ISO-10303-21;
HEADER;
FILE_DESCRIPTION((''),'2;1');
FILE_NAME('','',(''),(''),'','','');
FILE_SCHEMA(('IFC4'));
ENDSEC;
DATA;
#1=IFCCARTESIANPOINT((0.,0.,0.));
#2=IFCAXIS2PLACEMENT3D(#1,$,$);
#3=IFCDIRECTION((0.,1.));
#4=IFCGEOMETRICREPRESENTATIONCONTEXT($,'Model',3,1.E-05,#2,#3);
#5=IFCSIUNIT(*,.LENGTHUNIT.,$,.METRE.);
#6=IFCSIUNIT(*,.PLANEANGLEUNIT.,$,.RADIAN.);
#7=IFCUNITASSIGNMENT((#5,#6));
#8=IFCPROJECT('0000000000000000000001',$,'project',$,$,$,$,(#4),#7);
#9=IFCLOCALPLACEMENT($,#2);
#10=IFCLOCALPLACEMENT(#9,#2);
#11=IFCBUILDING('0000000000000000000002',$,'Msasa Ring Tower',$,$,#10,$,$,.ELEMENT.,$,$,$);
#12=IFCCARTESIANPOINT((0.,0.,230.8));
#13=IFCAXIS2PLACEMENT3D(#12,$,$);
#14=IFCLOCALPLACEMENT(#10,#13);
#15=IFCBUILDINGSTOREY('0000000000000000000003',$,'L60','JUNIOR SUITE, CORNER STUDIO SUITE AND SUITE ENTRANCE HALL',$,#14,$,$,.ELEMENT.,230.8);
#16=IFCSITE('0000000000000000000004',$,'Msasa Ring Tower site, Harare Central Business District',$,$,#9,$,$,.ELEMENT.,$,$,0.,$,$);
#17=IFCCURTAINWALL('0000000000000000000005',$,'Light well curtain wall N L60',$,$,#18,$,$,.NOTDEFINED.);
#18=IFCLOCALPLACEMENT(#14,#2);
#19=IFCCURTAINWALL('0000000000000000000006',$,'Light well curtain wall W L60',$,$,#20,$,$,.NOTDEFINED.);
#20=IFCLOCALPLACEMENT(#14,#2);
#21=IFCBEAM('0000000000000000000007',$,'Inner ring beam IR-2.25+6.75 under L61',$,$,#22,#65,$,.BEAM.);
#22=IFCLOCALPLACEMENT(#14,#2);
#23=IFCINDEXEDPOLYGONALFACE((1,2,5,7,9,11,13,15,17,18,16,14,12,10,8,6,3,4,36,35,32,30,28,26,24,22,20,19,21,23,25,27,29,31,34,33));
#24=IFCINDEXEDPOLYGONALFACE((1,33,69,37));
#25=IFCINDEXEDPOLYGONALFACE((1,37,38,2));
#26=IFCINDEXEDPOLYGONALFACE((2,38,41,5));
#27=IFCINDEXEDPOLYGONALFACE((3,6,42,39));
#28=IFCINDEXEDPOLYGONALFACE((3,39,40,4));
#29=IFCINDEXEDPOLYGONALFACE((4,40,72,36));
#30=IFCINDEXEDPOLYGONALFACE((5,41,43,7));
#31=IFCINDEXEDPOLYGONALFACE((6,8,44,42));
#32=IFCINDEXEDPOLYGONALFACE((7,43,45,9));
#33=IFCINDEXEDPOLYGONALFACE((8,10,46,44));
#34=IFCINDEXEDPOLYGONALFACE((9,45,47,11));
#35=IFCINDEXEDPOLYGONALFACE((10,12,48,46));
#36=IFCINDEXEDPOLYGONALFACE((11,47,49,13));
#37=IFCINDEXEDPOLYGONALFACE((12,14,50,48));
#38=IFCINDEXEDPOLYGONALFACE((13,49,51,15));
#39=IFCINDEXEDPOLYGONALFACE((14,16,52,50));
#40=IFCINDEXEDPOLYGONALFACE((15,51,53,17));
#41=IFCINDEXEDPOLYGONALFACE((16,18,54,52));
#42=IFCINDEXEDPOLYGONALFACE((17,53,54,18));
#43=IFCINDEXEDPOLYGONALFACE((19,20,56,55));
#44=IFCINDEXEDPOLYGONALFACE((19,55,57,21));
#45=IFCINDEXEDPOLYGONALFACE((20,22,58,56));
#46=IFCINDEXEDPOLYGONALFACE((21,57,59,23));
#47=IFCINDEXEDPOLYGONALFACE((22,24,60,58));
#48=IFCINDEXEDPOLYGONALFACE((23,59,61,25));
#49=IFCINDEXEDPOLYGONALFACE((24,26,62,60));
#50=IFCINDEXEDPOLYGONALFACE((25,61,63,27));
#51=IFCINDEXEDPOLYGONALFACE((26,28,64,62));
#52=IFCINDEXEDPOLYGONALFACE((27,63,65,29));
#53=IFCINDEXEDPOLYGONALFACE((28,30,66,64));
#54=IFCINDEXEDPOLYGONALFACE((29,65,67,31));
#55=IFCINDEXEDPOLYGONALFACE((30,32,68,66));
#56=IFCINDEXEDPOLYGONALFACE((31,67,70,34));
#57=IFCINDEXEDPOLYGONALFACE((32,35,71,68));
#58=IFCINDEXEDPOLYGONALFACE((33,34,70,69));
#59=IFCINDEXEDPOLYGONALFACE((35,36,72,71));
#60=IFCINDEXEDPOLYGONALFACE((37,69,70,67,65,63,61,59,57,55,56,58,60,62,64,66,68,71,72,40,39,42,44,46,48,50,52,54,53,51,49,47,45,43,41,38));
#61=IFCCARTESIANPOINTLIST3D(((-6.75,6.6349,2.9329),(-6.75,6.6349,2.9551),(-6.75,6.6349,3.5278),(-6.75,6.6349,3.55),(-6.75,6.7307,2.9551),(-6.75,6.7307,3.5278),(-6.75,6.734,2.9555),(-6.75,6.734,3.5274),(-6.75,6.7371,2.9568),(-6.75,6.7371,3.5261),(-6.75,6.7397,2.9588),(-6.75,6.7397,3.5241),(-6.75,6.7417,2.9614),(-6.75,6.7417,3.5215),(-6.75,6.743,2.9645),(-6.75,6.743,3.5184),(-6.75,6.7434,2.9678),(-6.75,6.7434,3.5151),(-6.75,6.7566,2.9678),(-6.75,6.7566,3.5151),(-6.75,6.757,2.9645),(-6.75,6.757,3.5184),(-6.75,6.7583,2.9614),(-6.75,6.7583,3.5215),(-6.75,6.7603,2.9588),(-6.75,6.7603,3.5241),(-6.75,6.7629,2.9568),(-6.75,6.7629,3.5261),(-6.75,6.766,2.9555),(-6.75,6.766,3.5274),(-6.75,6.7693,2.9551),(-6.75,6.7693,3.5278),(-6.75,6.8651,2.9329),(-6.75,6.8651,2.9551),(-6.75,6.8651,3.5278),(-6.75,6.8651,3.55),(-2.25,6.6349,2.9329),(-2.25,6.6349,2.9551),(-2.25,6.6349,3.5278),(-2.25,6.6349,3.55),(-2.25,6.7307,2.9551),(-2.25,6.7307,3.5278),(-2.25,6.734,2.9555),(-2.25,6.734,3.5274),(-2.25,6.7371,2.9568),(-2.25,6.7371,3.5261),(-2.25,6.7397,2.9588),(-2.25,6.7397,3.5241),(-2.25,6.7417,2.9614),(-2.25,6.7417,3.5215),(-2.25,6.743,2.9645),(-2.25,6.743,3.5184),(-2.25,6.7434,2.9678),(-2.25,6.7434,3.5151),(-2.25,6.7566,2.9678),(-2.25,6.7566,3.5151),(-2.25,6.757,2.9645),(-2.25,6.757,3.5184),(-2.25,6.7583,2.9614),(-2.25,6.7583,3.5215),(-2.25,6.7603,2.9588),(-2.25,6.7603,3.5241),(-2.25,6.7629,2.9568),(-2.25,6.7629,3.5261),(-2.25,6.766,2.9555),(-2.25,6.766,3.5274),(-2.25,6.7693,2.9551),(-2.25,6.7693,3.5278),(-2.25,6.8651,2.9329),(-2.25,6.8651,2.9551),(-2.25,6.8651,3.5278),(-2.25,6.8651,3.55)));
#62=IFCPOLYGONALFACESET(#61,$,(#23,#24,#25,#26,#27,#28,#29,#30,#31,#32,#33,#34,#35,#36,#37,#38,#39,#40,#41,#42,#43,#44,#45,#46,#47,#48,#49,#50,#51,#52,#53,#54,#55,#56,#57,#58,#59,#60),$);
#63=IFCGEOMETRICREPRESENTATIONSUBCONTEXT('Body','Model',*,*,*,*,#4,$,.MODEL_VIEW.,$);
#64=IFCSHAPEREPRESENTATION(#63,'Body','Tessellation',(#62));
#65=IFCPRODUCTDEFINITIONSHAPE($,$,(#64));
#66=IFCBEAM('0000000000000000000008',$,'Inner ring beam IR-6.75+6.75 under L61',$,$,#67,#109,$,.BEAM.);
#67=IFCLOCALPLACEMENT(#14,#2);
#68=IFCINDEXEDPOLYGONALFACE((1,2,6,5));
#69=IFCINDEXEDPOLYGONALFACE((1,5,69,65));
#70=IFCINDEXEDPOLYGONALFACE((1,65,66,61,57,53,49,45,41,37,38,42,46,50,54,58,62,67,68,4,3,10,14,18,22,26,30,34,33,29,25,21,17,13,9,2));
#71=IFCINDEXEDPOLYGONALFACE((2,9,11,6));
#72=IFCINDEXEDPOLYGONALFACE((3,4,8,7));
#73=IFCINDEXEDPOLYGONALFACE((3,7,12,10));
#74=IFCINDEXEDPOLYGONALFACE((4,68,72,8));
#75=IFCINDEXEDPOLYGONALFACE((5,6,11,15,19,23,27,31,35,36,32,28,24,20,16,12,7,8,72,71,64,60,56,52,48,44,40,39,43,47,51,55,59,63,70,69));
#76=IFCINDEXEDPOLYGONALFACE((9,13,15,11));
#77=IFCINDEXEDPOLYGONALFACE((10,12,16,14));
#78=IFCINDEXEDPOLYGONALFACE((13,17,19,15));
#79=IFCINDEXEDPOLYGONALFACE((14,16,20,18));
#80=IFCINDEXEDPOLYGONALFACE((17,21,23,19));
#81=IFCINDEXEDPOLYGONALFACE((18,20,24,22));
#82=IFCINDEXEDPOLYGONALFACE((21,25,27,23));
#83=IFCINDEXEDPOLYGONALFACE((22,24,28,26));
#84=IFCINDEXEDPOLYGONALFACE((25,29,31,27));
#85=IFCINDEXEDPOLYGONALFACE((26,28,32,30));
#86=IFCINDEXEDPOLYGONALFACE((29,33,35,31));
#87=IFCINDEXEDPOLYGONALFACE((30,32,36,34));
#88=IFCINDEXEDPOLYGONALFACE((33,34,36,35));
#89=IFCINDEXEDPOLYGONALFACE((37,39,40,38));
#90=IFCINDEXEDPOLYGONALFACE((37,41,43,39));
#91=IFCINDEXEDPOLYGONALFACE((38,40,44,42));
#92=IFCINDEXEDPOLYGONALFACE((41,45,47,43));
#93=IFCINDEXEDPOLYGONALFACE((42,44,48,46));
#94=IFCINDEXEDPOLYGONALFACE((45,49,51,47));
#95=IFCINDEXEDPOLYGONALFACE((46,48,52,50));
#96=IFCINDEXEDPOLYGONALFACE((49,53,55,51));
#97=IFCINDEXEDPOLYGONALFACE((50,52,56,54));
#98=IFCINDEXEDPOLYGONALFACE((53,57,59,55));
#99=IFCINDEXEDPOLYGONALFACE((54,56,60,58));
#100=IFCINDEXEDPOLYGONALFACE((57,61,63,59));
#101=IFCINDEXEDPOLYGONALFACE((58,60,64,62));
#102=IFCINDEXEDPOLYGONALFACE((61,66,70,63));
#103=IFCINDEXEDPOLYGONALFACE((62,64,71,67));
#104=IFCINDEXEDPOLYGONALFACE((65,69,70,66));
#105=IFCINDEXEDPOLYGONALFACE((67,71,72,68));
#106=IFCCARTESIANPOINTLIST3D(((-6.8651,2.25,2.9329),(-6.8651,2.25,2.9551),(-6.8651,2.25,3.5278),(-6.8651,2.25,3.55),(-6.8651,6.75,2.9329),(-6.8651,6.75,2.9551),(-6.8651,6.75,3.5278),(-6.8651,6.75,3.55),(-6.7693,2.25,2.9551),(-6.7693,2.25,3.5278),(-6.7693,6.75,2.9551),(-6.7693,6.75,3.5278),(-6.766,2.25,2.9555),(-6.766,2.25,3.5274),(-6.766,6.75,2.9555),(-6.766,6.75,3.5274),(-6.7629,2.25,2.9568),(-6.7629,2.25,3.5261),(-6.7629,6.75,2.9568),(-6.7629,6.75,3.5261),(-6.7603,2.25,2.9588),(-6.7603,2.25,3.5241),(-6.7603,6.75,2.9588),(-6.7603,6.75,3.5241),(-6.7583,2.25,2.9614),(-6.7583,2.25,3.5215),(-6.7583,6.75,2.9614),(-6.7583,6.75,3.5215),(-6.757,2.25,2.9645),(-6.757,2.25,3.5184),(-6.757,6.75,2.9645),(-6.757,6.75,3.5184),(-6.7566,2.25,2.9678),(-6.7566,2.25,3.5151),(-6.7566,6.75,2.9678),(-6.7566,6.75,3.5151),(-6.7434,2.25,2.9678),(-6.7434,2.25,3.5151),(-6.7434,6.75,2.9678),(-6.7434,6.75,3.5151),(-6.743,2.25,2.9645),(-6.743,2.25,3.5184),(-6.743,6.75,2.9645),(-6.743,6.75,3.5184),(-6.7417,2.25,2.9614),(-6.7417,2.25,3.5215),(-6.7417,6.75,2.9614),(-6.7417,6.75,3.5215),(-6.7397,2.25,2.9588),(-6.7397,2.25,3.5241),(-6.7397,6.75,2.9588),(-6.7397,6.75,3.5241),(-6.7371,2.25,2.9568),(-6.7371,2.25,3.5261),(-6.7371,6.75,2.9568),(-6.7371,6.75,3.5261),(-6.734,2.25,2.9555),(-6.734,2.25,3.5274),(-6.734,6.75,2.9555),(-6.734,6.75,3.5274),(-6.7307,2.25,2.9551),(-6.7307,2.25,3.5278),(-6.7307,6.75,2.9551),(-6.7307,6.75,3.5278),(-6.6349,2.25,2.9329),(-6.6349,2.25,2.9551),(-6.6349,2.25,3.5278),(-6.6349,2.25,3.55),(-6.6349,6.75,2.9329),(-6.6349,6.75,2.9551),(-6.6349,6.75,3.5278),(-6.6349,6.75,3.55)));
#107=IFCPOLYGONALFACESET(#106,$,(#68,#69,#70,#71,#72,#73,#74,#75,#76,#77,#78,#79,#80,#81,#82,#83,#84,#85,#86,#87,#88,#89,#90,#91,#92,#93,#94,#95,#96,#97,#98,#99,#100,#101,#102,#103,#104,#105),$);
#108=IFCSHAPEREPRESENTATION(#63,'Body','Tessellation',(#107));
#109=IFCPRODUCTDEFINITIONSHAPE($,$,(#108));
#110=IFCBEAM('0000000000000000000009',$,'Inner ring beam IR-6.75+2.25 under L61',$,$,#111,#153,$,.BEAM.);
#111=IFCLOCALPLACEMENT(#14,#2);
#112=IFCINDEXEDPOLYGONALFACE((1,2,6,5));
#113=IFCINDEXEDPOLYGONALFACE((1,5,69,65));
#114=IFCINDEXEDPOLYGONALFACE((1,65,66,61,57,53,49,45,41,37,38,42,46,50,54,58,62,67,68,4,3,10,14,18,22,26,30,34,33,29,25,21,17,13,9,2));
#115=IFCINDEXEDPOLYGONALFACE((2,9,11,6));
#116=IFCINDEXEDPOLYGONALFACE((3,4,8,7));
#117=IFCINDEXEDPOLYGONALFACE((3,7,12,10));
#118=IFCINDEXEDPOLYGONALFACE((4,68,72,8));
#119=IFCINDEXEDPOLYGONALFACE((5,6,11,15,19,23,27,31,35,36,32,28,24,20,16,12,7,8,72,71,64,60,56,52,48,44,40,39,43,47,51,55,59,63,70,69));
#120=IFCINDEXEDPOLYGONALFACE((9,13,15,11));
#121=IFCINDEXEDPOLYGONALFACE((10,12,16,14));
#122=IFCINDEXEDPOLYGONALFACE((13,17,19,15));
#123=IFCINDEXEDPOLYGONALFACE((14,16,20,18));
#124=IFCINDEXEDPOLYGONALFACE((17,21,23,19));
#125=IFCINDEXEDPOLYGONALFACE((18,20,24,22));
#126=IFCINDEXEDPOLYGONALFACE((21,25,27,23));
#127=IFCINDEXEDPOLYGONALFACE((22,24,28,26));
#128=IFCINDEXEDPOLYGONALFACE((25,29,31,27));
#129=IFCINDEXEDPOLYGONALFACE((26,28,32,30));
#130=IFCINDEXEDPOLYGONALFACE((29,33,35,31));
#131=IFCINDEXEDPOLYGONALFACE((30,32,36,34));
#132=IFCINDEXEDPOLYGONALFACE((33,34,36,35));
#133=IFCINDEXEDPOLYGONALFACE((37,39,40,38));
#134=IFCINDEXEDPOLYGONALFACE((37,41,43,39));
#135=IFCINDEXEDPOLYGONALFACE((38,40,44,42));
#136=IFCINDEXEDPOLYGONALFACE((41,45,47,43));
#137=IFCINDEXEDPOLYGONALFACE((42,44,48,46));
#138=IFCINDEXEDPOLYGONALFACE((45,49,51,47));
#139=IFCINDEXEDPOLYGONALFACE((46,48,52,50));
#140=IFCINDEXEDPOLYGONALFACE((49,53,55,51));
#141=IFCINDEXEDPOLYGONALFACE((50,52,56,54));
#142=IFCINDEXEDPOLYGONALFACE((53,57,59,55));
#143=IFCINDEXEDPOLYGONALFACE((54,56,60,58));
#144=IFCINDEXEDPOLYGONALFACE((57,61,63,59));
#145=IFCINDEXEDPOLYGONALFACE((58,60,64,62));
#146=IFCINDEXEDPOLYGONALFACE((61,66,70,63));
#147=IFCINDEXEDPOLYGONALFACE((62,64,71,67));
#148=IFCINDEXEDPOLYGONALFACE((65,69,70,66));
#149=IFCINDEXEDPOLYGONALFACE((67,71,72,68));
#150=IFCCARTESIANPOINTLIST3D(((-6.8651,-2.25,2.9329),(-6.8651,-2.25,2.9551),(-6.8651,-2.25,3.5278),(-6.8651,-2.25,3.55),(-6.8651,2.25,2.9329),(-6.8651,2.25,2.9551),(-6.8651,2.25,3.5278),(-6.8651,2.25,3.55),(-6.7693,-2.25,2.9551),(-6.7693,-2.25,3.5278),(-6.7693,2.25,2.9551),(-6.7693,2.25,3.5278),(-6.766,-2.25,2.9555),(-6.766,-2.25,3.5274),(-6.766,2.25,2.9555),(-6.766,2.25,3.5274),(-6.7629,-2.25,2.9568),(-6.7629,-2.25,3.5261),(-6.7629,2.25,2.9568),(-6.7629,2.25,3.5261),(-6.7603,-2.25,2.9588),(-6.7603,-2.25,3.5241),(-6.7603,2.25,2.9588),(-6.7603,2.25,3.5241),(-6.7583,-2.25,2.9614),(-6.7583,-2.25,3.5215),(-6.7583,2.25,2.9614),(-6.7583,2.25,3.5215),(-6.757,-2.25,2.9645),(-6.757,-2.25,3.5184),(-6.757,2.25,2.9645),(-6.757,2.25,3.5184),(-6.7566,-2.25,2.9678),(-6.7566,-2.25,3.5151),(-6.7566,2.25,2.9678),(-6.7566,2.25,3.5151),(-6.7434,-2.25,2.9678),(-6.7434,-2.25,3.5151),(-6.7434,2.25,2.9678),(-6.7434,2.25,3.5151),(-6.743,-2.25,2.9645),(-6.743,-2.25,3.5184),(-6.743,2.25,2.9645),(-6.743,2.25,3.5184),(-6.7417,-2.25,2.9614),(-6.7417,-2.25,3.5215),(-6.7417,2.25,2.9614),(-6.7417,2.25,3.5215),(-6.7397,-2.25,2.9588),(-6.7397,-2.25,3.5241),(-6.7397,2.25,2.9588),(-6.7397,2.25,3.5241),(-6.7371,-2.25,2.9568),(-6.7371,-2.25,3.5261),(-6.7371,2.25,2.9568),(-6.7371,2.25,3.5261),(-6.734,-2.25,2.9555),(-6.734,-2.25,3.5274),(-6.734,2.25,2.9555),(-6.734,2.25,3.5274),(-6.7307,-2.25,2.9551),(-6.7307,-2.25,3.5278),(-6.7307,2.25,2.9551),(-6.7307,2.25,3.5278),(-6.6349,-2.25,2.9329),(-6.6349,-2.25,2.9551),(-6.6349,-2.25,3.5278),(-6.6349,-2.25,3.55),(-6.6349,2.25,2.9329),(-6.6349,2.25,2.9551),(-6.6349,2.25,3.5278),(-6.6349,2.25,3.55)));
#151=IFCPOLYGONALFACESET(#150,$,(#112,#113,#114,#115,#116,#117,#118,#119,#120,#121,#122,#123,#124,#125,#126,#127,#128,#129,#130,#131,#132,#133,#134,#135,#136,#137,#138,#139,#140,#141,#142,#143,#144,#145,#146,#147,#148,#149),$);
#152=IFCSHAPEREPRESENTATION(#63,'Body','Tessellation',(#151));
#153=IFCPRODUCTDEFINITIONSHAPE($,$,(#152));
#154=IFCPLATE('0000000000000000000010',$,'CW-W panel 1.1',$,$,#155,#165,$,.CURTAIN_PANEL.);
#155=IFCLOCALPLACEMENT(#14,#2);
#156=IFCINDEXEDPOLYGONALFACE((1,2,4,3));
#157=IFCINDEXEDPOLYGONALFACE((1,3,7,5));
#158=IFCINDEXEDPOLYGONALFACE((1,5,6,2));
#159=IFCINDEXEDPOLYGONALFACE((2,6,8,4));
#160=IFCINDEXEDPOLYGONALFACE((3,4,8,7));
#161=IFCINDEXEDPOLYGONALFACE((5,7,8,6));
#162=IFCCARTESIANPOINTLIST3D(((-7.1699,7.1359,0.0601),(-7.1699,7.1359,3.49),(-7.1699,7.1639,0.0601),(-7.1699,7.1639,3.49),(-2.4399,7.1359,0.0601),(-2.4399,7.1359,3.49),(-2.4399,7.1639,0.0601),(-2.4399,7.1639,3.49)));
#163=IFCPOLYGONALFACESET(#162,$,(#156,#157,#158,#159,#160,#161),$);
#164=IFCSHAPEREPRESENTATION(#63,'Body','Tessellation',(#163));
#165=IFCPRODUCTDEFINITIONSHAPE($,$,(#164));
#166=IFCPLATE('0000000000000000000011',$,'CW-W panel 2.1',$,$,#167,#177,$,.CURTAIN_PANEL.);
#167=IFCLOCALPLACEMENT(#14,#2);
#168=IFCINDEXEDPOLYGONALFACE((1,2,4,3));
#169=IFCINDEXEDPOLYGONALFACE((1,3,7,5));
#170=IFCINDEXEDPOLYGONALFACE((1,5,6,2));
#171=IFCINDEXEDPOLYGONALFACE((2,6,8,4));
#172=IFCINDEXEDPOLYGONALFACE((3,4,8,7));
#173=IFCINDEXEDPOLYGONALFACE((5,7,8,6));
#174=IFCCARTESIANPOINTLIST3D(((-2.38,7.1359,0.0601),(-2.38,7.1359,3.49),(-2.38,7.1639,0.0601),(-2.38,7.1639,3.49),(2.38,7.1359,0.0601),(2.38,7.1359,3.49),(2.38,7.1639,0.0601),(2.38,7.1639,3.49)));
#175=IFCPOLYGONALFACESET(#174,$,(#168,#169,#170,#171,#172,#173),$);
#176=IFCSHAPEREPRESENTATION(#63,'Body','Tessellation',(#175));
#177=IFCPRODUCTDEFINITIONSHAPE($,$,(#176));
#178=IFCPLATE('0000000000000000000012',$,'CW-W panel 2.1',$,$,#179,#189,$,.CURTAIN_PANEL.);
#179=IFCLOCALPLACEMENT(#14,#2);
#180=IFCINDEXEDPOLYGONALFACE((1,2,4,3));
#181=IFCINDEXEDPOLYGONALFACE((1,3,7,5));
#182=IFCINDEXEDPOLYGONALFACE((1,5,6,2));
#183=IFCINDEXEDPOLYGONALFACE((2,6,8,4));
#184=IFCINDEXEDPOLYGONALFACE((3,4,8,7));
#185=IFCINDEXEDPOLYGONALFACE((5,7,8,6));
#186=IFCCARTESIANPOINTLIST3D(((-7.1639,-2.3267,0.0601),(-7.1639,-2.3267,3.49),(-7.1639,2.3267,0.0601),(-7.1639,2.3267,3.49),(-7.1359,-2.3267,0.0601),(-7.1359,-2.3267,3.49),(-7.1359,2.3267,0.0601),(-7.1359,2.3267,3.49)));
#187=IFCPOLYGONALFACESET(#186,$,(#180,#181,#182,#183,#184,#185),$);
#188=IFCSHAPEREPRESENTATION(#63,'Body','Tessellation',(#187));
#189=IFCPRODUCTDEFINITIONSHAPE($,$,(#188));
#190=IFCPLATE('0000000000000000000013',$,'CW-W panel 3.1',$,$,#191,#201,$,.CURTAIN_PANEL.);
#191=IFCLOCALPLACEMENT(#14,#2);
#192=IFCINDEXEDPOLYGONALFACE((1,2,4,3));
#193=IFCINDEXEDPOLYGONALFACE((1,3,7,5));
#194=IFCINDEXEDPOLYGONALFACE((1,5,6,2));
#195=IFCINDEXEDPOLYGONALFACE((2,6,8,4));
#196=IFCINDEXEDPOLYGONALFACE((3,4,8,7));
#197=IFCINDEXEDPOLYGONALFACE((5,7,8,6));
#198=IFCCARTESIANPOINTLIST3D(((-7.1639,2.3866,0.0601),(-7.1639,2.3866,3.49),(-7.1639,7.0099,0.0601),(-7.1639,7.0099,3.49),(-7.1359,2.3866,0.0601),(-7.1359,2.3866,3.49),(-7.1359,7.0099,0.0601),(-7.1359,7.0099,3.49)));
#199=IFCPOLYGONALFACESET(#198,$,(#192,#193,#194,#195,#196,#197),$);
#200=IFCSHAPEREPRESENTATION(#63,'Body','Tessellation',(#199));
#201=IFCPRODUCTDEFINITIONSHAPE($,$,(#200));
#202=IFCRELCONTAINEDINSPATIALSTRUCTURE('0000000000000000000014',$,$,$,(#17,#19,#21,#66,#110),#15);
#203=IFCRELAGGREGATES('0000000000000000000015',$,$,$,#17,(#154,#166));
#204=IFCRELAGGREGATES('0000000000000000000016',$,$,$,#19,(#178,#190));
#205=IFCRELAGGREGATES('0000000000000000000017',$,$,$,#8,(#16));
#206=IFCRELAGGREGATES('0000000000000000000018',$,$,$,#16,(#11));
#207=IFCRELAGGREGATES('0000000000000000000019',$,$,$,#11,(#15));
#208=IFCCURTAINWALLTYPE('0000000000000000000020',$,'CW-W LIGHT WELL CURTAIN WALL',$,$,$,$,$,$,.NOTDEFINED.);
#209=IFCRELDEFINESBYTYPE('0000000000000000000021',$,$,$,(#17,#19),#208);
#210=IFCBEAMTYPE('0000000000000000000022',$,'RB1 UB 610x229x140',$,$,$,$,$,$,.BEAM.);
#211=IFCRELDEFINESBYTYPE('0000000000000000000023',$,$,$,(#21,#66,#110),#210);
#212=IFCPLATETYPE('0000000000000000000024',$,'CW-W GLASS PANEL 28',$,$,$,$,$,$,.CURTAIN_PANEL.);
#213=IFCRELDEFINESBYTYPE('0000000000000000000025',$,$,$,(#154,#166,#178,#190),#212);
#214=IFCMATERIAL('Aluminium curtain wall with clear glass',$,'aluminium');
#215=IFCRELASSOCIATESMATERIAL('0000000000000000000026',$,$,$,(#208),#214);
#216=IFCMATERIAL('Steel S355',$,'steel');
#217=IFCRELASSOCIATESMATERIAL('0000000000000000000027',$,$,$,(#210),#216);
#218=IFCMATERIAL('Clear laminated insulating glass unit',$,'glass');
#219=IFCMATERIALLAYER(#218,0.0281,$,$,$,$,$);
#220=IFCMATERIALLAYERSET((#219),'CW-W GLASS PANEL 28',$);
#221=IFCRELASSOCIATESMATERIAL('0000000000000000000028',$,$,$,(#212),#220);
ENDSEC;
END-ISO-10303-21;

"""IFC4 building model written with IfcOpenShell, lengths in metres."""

from ifc_helpers import new_model, si_unit, direction, frame, origin, origin_2d, place, context, subcontext, project, spatial, rectangle, i_section, extrude, material, layer, layer_set, material_profile, profile_set, type_object, element, aggregate, save


model = new_model("IFC4")

# Units and contexts
model_context = context("Model", 3, precision=1e-05, world=origin(), true_north=direction((0.0, 1.0)))
body_context = subcontext(model_context, "Body", "Model", "MODEL_VIEW")
ifc_project = project(units=[si_unit("LENGTHUNIT", "METRE"), si_unit("PLANEANGLEUNIT", "RADIAN")], contexts=[model_context])

# Site, building, storey
site_placement = place(None, origin())
site = spatial("IfcSite", under=ifc_project, at=site_placement, Name="Msasa Ring Tower site, Harare Central Business District", CompositionType="ELEMENT", RefElevation=0.0)
building_placement = place(site_placement, origin())
building = spatial("IfcBuilding", under=site, at=building_placement, Name="Msasa Ring Tower", CompositionType="ELEMENT")
storey_placement = place(building_placement, frame((0.0, 0.0, 230.8)))
storey = spatial("IfcBuildingStorey", under=building, at=storey_placement, Name="L60", Description="JUNIOR SUITE, CORNER STUDIO SUITE AND SUITE ENTRANCE HALL", CompositionType="ELEMENT", Elevation=230.8)

# Curtain wall
ifc_material_1 = material(Name="Aluminium curtain wall with clear glass", Category="aluminium")
curtain_wall_type = type_object("IfcCurtainWallType", Name="CW-W LIGHT WELL CURTAIN WALL", PredefinedType="NOTDEFINED", material=ifc_material_1)
curtain_wall_1_placement = place(storey_placement, origin())
curtain_wall_1 = element("IfcCurtainWall", 1, at=curtain_wall_1_placement, inside=storey, type_object=curtain_wall_type, Name="Light well curtain wall N L60", PredefinedType="NOTDEFINED")

# Curtain wall
curtain_wall_2_placement = place(storey_placement, origin())
curtain_wall_2 = element("IfcCurtainWall", 2, at=curtain_wall_2_placement, inside=storey, type_object=curtain_wall_type, Name="Light well curtain wall W L60", PredefinedType="NOTDEFINED")

# Beams
ifc_material_2 = material(Name="Steel S355", Category="steel")
ifc_material_profile_1 = material_profile(ifc_material_2, i_section(OverallWidth=0.2302, OverallDepth=0.6172, WebThickness=0.0132, FlangeThickness=0.0222, FilletRadius=0.0127, at=origin_2d()), Name="UB 610x229x140")
ifc_profile_set_1 = profile_set([ifc_material_profile_1], Name="Steel S355")
beam_type = type_object("IfcBeamType", Name="RB1 UB 610x229x140", PredefinedType="BEAM", material=ifc_profile_set_1)
for number, where, z_axis, x_axis, name in (
    (3, (-2.25, 6.75, 3.2415), (-1.0, 0.0, 0.0), (0.0, -1.0, 0.0), "Inner ring beam IR-2.25+6.75 under L61"),
    (4, (-6.75, 6.75, 3.2415), (0.0, -1.0, 0.0), (1.0, 0.0, 0.0), "Inner ring beam IR-6.75+6.75 under L61"),
    (5, (-6.75, 2.25, 3.2415), (0.0, -1.0, 0.0), (1.0, 0.0, 0.0), "Inner ring beam IR-6.75+2.25 under L61"),
):
    element("IfcBeam", number, at=place(storey_placement, frame(where, z_axis=z_axis, x_axis=x_axis)), inside=storey, type_object=beam_type, Name=name, PredefinedType="BEAM", context=body_context, shape_type="SweptSolid", body=[
        extrude(i_section(OverallWidth=0.2302, OverallDepth=0.6172, WebThickness=0.0132, FlangeThickness=0.0222, FilletRadius=0.0127, at=origin_2d()), origin(), (0.0, 0.0, 1.0), 4.5),
    ])

# Plates
ifc_material_3 = material(Name="Clear laminated insulating glass unit", Category="glass")
ifc_layer_1 = layer(ifc_material_3, 0.0281)
ifc_layer_set_1 = layer_set([ifc_layer_1], Name="CW-W GLASS PANEL 28")
plate_type = type_object("IfcPlateType", Name="CW-W GLASS PANEL 28", PredefinedType="CURTAIN_PANEL", material=ifc_layer_set_1)
plate_1_placement = place(storey_placement, frame((-4.8049, 7.1499, 0.0601), z_axis=(0.0, 0.0, 1.0), x_axis=(1.0, 0.0, 0.0)))
plate_1 = element("IfcPlate", 6, at=plate_1_placement, type_object=plate_type, Name="CW-W panel 1.1", PredefinedType="CURTAIN_PANEL", context=body_context, shape_type="SweptSolid", body=[
    extrude(rectangle(XDim=4.73, YDim=0.0281, at=origin_2d()), origin(), (0.0, 0.0, 1.0), 3.4299),
])
plate_2_placement = place(storey_placement, frame((0.0, 7.1499, 0.0601), z_axis=(0.0, 0.0, 1.0), x_axis=(1.0, 0.0, 0.0)))
plate_2 = element("IfcPlate", 7, at=plate_2_placement, type_object=plate_type, Name="CW-W panel 2.1", PredefinedType="CURTAIN_PANEL", context=body_context, shape_type="SweptSolid", body=[
    extrude(rectangle(XDim=4.76, YDim=0.0281, at=origin_2d()), origin(), (0.0, 0.0, 1.0), 3.4299),
])
aggregate(curtain_wall_1, [plate_1, plate_2])
plate_3_placement = place(storey_placement, frame((-7.1499, 0.0, 0.0601), z_axis=(0.0, 0.0, 1.0), x_axis=(0.0, 1.0, 0.0)))
plate_3 = element("IfcPlate", 8, at=plate_3_placement, type_object=plate_type, Name="CW-W panel 2.1", PredefinedType="CURTAIN_PANEL", context=body_context, shape_type="SweptSolid", body=[
    extrude(rectangle(XDim=4.6533, YDim=0.0281, at=origin_2d()), origin(), (0.0, 0.0, 1.0), 3.4299),
])
plate_4_placement = place(storey_placement, frame((-7.1499, 4.6982, 0.0601), z_axis=(0.0, 0.0, 1.0), x_axis=(0.0, 1.0, 0.0)))
plate_4 = element("IfcPlate", 9, at=plate_4_placement, type_object=plate_type, Name="CW-W panel 3.1", PredefinedType="CURTAIN_PANEL", context=body_context, shape_type="SweptSolid", body=[
    extrude(rectangle(XDim=4.6233, YDim=0.0281, at=origin_2d()), origin(), (0.0, 0.0, 1.0), 3.4299),
])
aggregate(curtain_wall_2, [plate_3, plate_4])

save(model, "model.ifc")
